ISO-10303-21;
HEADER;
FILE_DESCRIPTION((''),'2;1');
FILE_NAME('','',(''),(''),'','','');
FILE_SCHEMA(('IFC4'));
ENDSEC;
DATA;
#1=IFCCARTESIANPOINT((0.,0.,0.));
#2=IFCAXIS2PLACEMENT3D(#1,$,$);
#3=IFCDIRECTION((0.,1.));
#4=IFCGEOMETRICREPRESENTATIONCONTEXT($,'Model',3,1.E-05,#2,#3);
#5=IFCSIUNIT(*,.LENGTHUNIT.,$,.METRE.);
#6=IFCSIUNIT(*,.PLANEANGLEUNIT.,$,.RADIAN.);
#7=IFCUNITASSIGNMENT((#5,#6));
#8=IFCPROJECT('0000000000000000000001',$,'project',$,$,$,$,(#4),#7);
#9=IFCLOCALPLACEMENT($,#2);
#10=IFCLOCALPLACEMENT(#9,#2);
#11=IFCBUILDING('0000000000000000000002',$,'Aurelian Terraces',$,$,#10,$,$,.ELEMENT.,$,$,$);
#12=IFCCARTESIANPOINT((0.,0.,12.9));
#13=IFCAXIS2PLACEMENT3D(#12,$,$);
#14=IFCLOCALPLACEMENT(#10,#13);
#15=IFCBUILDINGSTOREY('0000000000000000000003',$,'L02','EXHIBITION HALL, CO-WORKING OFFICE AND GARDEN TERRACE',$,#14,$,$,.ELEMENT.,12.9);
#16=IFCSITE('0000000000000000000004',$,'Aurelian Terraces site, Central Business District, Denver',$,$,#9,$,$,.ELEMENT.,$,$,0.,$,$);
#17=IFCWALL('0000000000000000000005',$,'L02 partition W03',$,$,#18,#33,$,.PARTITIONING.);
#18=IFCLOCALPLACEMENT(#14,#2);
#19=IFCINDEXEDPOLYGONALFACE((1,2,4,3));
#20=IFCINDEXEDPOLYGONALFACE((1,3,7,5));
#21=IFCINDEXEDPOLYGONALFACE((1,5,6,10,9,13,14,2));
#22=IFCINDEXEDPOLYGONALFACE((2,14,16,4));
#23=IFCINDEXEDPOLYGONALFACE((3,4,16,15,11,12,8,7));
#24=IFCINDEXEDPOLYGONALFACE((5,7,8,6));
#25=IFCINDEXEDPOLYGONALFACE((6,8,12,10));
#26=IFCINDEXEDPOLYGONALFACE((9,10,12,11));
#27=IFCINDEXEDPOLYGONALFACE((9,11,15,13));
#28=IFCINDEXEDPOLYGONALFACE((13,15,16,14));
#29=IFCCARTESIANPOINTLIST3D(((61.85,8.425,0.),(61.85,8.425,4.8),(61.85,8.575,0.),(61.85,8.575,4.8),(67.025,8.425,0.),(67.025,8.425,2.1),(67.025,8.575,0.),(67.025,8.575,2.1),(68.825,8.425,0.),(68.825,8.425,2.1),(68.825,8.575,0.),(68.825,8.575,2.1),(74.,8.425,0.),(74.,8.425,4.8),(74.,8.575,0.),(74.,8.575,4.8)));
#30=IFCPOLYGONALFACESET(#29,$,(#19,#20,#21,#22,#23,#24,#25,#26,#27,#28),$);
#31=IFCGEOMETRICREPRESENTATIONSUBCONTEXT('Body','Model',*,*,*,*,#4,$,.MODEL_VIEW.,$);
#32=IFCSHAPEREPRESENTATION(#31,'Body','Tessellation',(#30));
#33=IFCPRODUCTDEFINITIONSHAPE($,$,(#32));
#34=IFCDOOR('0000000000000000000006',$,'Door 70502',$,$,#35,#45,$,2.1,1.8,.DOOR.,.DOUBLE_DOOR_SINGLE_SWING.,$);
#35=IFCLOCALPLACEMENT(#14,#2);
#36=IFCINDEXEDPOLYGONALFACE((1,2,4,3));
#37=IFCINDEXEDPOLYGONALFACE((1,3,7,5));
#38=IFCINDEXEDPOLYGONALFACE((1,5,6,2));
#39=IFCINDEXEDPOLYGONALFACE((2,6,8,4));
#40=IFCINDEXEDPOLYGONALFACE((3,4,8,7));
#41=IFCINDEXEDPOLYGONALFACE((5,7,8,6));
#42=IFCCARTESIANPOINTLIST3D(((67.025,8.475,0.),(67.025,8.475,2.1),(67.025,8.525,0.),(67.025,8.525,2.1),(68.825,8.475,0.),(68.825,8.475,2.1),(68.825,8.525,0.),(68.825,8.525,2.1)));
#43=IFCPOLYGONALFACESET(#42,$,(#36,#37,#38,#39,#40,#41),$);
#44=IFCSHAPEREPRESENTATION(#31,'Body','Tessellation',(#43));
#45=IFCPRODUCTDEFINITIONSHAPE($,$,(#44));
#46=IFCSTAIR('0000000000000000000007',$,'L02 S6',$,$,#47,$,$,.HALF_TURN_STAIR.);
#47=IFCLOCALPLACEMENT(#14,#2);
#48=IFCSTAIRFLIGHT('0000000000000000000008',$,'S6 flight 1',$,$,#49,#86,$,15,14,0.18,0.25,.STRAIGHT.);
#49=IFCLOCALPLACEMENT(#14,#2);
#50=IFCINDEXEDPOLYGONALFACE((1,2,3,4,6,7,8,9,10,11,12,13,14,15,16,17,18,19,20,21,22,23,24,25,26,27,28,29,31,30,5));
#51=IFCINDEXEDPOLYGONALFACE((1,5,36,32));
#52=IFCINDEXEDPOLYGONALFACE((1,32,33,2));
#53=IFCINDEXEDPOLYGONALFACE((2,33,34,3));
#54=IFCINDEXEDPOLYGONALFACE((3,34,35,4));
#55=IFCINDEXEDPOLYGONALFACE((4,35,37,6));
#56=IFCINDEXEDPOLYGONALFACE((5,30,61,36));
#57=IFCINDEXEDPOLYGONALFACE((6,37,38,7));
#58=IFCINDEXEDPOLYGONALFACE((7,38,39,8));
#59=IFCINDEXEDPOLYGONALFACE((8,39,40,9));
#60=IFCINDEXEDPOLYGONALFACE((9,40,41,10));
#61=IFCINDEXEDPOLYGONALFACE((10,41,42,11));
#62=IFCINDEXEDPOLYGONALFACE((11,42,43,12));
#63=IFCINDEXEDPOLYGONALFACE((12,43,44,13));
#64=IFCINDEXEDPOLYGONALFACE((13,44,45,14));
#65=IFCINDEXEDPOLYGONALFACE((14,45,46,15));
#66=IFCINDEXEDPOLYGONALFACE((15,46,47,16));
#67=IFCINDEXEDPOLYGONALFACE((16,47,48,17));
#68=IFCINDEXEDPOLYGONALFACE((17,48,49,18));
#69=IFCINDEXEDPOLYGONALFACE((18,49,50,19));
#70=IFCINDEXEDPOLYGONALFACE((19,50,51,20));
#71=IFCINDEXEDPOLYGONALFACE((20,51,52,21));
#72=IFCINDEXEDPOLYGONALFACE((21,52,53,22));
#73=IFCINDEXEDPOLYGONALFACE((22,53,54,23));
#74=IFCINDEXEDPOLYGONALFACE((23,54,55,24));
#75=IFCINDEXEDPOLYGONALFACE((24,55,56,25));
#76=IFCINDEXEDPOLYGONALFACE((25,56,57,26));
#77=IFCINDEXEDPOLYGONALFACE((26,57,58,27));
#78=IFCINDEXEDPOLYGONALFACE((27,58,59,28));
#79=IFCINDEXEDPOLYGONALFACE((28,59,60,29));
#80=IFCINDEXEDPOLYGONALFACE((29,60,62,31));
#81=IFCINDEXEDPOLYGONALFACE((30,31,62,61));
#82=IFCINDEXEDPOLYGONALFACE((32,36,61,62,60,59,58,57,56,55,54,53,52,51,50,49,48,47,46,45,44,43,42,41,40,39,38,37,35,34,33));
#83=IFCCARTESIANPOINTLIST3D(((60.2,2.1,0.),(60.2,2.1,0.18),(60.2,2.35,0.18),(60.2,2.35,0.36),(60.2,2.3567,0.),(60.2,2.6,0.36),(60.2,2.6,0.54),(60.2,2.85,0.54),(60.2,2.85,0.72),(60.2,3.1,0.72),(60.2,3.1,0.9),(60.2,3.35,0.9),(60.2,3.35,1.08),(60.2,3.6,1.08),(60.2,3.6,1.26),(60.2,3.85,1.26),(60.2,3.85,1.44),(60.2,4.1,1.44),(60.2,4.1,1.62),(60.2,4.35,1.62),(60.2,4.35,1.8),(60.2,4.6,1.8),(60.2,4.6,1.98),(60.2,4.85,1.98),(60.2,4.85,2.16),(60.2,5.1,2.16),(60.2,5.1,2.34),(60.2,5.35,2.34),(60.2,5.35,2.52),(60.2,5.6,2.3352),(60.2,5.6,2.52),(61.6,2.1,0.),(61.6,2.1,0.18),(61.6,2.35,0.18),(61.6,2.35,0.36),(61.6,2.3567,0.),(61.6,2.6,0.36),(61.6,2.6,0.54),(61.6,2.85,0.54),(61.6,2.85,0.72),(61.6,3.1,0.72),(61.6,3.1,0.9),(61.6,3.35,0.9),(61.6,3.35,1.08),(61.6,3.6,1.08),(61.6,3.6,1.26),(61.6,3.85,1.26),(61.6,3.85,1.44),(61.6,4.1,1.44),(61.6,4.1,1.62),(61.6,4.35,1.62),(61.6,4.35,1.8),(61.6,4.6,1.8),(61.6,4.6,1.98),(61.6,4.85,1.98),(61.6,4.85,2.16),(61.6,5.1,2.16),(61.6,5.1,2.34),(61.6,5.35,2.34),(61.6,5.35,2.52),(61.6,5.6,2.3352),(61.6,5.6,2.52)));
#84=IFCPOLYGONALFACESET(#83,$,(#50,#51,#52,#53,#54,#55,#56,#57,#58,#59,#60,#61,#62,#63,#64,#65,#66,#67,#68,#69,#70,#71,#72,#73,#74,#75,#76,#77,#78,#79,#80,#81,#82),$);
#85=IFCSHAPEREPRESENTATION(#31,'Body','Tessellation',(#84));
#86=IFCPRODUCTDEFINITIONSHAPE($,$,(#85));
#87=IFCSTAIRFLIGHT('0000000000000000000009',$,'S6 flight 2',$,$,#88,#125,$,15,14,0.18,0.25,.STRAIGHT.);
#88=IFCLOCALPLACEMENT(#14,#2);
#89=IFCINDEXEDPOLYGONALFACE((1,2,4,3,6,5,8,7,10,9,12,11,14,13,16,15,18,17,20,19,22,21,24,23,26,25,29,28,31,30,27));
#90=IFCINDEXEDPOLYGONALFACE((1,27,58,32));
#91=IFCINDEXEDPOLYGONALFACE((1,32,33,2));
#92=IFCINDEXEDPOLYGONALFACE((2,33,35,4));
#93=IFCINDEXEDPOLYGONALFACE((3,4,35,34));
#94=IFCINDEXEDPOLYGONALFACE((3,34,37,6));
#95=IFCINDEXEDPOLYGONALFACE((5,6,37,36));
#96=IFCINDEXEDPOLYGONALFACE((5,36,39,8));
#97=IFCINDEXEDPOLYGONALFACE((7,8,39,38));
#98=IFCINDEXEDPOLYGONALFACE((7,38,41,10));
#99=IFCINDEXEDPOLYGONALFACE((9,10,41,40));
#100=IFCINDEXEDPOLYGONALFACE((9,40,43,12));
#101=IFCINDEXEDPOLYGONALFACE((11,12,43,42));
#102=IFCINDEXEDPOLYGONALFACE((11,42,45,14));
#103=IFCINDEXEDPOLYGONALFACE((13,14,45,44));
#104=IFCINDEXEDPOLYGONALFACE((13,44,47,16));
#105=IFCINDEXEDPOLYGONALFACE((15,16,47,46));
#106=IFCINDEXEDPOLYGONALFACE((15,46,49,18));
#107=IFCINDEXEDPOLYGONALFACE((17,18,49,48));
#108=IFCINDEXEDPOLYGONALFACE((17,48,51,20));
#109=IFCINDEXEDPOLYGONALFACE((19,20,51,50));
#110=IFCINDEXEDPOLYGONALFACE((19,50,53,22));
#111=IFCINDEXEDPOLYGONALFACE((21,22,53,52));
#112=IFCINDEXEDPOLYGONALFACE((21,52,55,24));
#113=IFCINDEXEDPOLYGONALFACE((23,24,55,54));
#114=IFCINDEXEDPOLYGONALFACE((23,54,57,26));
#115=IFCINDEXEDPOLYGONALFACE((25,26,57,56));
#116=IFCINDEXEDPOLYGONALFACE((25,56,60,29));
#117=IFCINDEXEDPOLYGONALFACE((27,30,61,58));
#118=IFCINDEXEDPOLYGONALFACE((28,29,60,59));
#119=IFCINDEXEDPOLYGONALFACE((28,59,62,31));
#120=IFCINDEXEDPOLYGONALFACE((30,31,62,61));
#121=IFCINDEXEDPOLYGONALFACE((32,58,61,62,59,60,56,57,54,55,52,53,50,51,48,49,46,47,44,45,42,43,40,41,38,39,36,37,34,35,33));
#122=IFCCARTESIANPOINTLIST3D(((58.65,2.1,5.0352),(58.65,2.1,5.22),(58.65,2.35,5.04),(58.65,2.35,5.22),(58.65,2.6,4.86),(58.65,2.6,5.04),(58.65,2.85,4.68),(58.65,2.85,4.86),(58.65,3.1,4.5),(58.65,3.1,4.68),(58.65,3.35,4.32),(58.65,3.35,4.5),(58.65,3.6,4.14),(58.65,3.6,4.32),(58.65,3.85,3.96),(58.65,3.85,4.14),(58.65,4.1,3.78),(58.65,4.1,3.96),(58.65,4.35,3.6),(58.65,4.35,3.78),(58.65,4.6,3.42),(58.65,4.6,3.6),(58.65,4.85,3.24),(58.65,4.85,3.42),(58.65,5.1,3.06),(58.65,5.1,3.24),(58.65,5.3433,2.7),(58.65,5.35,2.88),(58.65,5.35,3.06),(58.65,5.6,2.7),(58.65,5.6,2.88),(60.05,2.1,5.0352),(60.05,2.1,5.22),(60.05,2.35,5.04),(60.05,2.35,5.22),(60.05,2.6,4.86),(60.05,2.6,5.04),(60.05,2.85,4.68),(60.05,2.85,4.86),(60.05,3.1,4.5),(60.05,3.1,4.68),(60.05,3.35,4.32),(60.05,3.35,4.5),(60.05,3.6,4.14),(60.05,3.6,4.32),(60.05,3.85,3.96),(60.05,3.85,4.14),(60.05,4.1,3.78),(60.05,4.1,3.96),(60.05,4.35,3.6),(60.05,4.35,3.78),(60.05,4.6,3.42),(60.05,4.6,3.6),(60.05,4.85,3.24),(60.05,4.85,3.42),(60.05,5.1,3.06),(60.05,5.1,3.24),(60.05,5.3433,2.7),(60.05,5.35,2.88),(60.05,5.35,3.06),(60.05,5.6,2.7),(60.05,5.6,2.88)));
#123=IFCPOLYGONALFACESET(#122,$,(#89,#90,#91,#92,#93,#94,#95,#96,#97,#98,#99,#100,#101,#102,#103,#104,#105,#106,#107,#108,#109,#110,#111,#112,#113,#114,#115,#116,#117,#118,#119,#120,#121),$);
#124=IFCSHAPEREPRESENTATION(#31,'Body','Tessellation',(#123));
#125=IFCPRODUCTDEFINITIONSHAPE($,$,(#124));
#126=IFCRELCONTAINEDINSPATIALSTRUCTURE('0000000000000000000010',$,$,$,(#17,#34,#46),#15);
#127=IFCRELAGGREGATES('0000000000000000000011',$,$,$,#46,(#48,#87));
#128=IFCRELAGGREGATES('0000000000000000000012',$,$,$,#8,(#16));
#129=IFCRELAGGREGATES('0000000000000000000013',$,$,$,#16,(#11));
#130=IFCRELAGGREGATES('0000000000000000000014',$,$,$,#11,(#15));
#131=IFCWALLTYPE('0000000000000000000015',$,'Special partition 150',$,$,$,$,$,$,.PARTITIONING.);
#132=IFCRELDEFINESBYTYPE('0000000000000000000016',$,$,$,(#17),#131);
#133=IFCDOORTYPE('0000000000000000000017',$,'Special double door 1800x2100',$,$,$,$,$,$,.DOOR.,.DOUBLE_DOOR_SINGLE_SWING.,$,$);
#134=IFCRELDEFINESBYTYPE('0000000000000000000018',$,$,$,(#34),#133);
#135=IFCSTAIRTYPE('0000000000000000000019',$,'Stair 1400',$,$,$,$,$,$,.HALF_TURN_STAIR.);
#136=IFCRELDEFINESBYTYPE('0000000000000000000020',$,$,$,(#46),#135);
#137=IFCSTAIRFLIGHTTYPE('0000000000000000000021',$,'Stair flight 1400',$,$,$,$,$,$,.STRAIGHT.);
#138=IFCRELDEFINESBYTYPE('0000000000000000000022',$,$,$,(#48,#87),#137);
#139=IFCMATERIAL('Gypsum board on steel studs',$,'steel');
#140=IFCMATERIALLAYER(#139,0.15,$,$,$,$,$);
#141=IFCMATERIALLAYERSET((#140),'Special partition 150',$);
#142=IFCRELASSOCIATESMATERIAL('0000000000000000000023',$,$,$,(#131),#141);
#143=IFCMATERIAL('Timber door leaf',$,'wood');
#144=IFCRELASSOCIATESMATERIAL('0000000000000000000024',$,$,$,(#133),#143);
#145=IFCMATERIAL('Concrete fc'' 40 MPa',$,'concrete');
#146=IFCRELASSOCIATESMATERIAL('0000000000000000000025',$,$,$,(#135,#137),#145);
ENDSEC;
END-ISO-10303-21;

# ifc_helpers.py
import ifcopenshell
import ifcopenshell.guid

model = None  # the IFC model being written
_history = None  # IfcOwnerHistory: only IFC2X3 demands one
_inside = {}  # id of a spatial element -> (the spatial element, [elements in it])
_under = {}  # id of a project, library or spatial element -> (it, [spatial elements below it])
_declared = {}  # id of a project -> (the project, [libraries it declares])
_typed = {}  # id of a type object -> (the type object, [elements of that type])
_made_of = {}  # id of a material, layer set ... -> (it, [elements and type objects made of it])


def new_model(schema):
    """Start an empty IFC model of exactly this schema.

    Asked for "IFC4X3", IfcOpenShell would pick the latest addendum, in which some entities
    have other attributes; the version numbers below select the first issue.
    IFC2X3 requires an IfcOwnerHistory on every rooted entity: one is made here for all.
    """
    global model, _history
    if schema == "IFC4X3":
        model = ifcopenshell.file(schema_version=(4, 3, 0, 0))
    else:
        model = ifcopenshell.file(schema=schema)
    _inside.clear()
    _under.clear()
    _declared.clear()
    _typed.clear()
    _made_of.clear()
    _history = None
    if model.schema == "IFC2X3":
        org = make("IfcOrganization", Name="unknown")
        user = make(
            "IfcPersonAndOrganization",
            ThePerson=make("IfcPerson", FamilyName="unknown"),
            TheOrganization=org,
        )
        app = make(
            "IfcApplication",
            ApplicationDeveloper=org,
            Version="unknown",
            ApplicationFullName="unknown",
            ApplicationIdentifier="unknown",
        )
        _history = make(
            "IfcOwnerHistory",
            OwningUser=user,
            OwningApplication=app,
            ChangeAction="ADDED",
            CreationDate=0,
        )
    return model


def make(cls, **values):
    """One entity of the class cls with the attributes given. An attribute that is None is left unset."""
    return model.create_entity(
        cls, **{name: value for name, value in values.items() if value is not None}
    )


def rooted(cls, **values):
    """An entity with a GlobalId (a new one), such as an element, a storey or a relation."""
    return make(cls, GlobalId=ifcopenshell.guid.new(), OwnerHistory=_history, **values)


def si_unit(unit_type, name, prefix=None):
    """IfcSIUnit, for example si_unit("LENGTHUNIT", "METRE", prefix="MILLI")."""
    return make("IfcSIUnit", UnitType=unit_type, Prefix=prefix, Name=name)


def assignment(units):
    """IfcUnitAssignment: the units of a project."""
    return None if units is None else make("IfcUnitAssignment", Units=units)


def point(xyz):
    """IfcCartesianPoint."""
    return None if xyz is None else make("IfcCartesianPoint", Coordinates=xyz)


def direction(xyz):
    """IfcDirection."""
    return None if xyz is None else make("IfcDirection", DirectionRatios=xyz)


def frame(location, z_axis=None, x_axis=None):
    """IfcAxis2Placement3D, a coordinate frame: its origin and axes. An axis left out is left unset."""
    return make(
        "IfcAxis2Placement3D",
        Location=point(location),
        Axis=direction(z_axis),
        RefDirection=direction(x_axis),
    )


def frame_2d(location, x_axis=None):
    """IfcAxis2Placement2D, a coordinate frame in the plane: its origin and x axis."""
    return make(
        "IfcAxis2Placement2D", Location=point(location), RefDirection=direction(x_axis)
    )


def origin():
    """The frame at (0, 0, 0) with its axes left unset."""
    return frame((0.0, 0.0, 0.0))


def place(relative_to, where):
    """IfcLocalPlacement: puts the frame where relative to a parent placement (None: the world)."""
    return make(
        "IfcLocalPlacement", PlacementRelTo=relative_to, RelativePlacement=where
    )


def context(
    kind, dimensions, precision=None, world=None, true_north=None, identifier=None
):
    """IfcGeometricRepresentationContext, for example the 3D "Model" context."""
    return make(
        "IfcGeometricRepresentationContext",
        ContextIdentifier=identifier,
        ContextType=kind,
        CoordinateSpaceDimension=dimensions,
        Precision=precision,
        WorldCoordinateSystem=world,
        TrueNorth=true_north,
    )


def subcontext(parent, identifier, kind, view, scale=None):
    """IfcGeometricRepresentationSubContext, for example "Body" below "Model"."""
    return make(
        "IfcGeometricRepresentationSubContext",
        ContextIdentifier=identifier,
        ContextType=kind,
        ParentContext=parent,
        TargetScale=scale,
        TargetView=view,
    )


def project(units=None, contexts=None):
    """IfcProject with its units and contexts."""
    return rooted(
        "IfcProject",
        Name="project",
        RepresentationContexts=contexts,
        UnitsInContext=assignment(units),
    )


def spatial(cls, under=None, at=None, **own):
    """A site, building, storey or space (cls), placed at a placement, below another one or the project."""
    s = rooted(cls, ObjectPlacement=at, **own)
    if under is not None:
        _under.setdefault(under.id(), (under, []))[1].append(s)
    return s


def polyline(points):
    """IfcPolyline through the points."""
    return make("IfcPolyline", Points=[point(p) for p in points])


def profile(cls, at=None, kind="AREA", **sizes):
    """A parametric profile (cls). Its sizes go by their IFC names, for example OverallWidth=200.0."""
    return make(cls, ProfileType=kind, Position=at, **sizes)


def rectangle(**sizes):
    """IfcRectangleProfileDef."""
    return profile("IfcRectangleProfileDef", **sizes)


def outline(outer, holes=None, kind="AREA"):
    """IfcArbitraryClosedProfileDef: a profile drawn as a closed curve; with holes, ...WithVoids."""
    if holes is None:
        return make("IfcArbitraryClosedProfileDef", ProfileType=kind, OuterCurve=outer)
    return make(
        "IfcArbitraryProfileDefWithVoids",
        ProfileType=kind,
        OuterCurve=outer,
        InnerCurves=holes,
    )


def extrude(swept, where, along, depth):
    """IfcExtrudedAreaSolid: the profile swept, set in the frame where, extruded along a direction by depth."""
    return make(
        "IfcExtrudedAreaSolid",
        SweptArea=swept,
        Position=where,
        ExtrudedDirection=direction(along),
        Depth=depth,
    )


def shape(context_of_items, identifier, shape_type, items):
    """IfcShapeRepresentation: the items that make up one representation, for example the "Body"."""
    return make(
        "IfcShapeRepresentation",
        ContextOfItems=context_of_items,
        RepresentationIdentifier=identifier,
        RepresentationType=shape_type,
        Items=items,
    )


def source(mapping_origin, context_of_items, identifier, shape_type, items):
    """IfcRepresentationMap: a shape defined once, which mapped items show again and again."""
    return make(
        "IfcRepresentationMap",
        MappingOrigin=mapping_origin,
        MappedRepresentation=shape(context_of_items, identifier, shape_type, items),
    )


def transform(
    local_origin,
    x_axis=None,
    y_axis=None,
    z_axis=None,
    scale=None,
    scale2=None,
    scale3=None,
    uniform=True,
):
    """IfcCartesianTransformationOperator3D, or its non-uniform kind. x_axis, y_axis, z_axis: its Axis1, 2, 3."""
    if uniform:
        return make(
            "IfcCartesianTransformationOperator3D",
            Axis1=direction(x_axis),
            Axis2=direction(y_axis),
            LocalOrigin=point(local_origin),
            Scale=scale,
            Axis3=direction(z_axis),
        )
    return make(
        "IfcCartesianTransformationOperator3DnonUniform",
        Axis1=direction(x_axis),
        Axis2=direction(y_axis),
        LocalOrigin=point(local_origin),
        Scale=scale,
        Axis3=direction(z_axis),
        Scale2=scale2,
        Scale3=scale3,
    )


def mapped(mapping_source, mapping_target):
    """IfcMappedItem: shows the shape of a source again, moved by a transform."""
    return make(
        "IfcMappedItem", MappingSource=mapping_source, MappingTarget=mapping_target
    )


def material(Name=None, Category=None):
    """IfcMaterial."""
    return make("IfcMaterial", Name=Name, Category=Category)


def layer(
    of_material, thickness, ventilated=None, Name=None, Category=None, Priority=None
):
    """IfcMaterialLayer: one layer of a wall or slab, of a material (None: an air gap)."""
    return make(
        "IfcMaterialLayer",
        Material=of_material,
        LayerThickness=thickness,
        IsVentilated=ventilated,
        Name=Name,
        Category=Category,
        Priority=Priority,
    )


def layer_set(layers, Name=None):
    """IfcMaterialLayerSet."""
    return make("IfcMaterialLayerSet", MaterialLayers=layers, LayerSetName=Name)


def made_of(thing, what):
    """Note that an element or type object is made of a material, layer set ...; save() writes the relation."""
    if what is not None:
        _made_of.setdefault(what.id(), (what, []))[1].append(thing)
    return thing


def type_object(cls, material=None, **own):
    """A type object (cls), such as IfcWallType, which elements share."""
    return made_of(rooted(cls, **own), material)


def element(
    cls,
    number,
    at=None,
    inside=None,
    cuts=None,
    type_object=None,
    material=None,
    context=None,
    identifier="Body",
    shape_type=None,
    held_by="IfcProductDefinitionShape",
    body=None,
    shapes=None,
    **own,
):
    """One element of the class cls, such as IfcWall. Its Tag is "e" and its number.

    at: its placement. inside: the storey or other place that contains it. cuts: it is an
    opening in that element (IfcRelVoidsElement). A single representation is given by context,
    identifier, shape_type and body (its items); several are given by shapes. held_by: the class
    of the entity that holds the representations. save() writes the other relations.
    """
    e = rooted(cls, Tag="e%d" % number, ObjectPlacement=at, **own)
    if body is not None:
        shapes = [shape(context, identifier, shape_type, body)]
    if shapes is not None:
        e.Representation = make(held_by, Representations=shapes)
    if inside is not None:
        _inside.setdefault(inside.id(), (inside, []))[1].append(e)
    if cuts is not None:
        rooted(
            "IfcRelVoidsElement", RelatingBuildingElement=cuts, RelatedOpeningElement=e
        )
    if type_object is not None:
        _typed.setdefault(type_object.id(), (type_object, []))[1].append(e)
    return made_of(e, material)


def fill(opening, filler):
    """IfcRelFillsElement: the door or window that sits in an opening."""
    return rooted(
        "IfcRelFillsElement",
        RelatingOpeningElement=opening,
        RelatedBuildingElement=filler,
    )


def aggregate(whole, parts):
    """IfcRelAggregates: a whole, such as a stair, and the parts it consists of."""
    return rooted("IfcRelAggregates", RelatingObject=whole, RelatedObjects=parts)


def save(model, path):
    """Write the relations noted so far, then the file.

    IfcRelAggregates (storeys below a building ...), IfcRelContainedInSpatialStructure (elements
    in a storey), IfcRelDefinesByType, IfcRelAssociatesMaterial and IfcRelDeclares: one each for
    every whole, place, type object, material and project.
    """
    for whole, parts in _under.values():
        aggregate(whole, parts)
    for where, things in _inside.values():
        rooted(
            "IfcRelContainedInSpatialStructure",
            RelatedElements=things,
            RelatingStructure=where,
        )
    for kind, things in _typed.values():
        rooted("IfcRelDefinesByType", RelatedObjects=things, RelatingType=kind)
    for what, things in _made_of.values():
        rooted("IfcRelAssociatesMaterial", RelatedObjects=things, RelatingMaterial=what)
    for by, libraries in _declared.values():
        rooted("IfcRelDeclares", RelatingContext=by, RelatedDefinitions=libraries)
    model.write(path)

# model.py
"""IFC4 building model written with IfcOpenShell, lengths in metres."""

from ifc_helpers import new_model, si_unit, direction, frame, frame_2d, origin, place, context, subcontext, project, spatial, polyline, rectangle, outline, extrude, source, transform, mapped, material, layer, layer_set, type_object, element, fill, aggregate, save


model = new_model("IFC4")

# Units and contexts
model_context = context("Model", 3, precision=1e-05, world=origin(), true_north=direction((0.0, 1.0)))
body_context = subcontext(model_context, "Body", "Model", "MODEL_VIEW")
ifc_project = project(units=[si_unit("LENGTHUNIT", "METRE"), si_unit("PLANEANGLEUNIT", "RADIAN")], contexts=[model_context])

# Site, building, storey
site_placement = place(None, origin())
site = spatial("IfcSite", under=ifc_project, at=site_placement, Name="Aurelian Terraces site, Central Business District, Denver", CompositionType="ELEMENT", RefElevation=0.0)
building_placement = place(site_placement, origin())
building = spatial("IfcBuilding", under=site, at=building_placement, Name="Aurelian Terraces", CompositionType="ELEMENT")
storey_placement = place(building_placement, frame((0.0, 0.0, 12.9)))
storey = spatial("IfcBuildingStorey", under=building, at=storey_placement, Name="L02", Description="EXHIBITION HALL, CO-WORKING OFFICE AND GARDEN TERRACE", CompositionType="ELEMENT", Elevation=12.9)

# Shared definitions
ifc_material_1 = material(Name="Concrete fc' 40 MPa", Category="concrete")
ifc_material_2 = material(Name="Gypsum board on steel studs", Category="steel")

# Shared definitions
ifc_layer_1 = layer(ifc_material_2, 0.15)
ifc_layer_set_1 = layer_set([ifc_layer_1], Name="Special partition 150")
wall_type_1 = type_object("IfcWallType", Name="Special partition 150", PredefinedType="PARTITIONING", material=ifc_layer_set_1)
shared_shape_1 = source(origin(), body_context, "Body", "SweptSolid", [
    extrude(rectangle(XDim=1.8, YDim=2.1, at=frame_2d((0.9, 1.05))), frame((0.0, 0.085, 0.0), z_axis=(0.0, -1.0, 0.0), x_axis=(1.0, 0.0, 0.0)), (0.0, 0.0, 1.0), 0.17),
])
ifc_material_3 = material(Name="Timber door leaf", Category="wood")
door_type = type_object("IfcDoorType", Name="Special double door 1800x2100", OperationType="DOUBLE_DOOR_SINGLE_SWING", PredefinedType="DOOR", material=ifc_material_3)
shared_shape_2 = source(origin(), body_context, "Body", "SweptSolid", [
    extrude(rectangle(XDim=1.8, YDim=2.1, at=frame_2d((0.9, 1.05))), frame((0.0, 0.025, 0.0), z_axis=(0.0, -1.0, 0.0), x_axis=(1.0, 0.0, 0.0)), (0.0, 0.0, 1.0), 0.05),
])

# Wall, opening, door
shared_shape_3 = source(origin(), body_context, "Body", "SweptSolid", [
    extrude(rectangle(XDim=12.15, YDim=0.15, at=frame_2d((6.075, 0.0))), origin(), (0.0, 0.0, 1.0), 4.8),
])
wall_1_placement = place(storey_placement, frame((61.85, 8.5, 0.0), z_axis=(0.0, 0.0, 1.0), x_axis=(1.0, 0.0, 0.0)))
wall_1 = element("IfcWall", 1, at=wall_1_placement, inside=storey, type_object=wall_type_1, Name="L02 partition W03", PredefinedType="PARTITIONING", context=body_context, shape_type="MappedRepresentation", body=[
    mapped(shared_shape_3, transform((0.0, 0.0, 0.0), scale=1.0)),
])
opening_1_placement = place(wall_1_placement, frame((5.175, 0.0, 0.0)))
opening_1 = element("IfcOpeningElement", 2, at=opening_1_placement, cuts=wall_1, PredefinedType="OPENING", context=body_context, shape_type="MappedRepresentation", body=[
    mapped(shared_shape_1, transform((0.0, 0.0, 0.0), scale=1.0)),
])
door_1_placement = place(opening_1_placement, origin())
door_1 = element("IfcDoor", 3, at=door_1_placement, inside=storey, type_object=door_type, Name="Door 70502", OperationType="DOUBLE_DOOR_SINGLE_SWING", OverallHeight=2.1, OverallWidth=1.8, PredefinedType="DOOR", context=body_context, shape_type="MappedRepresentation", body=[
    mapped(shared_shape_2, transform((0.0, 0.0, 0.0), scale=1.0)),
])
fill(opening_1, door_1)

# Stair, stair flights
stair_type = type_object("IfcStairType", Name="Stair 1400", PredefinedType="HALF_TURN_STAIR", material=ifc_material_1)
stair_placement = place(storey_placement, origin())
stair = element("IfcStair", 4, at=stair_placement, inside=storey, type_object=stair_type, Name="L02 S6", PredefinedType="HALF_TURN_STAIR")
stair_flight_type = type_object("IfcStairFlightType", Name="Stair flight 1400", PredefinedType="STRAIGHT", material=ifc_material_1)
shared_shape_4 = source(origin(), body_context, "Body", "SweptSolid", [
    extrude(outline(polyline([(0.0, 0.0), (0.0, 0.18), (0.25, 0.18), (0.25, 0.36), (0.5, 0.36), (0.5, 0.54), (0.75, 0.54), (0.75, 0.72), (1.0, 0.72), (1.0, 0.9), (1.25, 0.9), (1.25, 1.08), (1.5, 1.08), (1.5, 1.26), (1.75, 1.26), (1.75, 1.44), (2.0, 1.44), (2.0, 1.62), (2.25, 1.62), (2.25, 1.8), (2.5, 1.8), (2.5, 1.98), (2.75, 1.98), (2.75, 2.16), (3.0, 2.16), (3.0, 2.34), (3.25, 2.34), (3.25, 2.52), (3.5, 2.52), (3.5, 2.7), (3.5, 2.3352), (0.2567, 0.0), (0.0, 0.0)])), frame((0.0, 0.7, 0.0), z_axis=(0.0, -1.0, 0.0), x_axis=(1.0, 0.0, 0.0)), (0.0, 0.0, 1.0), 1.4),
])
stair_flight_1_placement = place(storey_placement, frame((60.9, 2.1, 0.0), z_axis=(0.0, 0.0, 1.0), x_axis=(0.0, 1.0, 0.0)))
stair_flight_1 = element("IfcStairFlight", 5, at=stair_flight_1_placement, type_object=stair_flight_type, Name="S6 flight 1", NumberOfRisers=15, NumberOfTreads=14, PredefinedType="STRAIGHT", RiserHeight=0.18, TreadLength=0.25, context=body_context, shape_type="MappedRepresentation", body=[
    mapped(shared_shape_4, transform((0.0, 0.0, 0.0), scale=1.0)),
])
stair_flight_2_placement = place(storey_placement, frame((59.35, 5.6, 2.7), z_axis=(0.0, 0.0, 1.0), x_axis=(0.0, -1.0, 0.0)))
stair_flight_2 = element("IfcStairFlight", 6, at=stair_flight_2_placement, type_object=stair_flight_type, Name="S6 flight 2", NumberOfRisers=15, NumberOfTreads=14, PredefinedType="STRAIGHT", RiserHeight=0.18, TreadLength=0.25, context=body_context, shape_type="MappedRepresentation", body=[
    mapped(shared_shape_4, transform((0.0, 0.0, 0.0), scale=1.0)),
])
aggregate(stair, [stair_flight_1, stair_flight_2])

save(model, "model.ifc")
